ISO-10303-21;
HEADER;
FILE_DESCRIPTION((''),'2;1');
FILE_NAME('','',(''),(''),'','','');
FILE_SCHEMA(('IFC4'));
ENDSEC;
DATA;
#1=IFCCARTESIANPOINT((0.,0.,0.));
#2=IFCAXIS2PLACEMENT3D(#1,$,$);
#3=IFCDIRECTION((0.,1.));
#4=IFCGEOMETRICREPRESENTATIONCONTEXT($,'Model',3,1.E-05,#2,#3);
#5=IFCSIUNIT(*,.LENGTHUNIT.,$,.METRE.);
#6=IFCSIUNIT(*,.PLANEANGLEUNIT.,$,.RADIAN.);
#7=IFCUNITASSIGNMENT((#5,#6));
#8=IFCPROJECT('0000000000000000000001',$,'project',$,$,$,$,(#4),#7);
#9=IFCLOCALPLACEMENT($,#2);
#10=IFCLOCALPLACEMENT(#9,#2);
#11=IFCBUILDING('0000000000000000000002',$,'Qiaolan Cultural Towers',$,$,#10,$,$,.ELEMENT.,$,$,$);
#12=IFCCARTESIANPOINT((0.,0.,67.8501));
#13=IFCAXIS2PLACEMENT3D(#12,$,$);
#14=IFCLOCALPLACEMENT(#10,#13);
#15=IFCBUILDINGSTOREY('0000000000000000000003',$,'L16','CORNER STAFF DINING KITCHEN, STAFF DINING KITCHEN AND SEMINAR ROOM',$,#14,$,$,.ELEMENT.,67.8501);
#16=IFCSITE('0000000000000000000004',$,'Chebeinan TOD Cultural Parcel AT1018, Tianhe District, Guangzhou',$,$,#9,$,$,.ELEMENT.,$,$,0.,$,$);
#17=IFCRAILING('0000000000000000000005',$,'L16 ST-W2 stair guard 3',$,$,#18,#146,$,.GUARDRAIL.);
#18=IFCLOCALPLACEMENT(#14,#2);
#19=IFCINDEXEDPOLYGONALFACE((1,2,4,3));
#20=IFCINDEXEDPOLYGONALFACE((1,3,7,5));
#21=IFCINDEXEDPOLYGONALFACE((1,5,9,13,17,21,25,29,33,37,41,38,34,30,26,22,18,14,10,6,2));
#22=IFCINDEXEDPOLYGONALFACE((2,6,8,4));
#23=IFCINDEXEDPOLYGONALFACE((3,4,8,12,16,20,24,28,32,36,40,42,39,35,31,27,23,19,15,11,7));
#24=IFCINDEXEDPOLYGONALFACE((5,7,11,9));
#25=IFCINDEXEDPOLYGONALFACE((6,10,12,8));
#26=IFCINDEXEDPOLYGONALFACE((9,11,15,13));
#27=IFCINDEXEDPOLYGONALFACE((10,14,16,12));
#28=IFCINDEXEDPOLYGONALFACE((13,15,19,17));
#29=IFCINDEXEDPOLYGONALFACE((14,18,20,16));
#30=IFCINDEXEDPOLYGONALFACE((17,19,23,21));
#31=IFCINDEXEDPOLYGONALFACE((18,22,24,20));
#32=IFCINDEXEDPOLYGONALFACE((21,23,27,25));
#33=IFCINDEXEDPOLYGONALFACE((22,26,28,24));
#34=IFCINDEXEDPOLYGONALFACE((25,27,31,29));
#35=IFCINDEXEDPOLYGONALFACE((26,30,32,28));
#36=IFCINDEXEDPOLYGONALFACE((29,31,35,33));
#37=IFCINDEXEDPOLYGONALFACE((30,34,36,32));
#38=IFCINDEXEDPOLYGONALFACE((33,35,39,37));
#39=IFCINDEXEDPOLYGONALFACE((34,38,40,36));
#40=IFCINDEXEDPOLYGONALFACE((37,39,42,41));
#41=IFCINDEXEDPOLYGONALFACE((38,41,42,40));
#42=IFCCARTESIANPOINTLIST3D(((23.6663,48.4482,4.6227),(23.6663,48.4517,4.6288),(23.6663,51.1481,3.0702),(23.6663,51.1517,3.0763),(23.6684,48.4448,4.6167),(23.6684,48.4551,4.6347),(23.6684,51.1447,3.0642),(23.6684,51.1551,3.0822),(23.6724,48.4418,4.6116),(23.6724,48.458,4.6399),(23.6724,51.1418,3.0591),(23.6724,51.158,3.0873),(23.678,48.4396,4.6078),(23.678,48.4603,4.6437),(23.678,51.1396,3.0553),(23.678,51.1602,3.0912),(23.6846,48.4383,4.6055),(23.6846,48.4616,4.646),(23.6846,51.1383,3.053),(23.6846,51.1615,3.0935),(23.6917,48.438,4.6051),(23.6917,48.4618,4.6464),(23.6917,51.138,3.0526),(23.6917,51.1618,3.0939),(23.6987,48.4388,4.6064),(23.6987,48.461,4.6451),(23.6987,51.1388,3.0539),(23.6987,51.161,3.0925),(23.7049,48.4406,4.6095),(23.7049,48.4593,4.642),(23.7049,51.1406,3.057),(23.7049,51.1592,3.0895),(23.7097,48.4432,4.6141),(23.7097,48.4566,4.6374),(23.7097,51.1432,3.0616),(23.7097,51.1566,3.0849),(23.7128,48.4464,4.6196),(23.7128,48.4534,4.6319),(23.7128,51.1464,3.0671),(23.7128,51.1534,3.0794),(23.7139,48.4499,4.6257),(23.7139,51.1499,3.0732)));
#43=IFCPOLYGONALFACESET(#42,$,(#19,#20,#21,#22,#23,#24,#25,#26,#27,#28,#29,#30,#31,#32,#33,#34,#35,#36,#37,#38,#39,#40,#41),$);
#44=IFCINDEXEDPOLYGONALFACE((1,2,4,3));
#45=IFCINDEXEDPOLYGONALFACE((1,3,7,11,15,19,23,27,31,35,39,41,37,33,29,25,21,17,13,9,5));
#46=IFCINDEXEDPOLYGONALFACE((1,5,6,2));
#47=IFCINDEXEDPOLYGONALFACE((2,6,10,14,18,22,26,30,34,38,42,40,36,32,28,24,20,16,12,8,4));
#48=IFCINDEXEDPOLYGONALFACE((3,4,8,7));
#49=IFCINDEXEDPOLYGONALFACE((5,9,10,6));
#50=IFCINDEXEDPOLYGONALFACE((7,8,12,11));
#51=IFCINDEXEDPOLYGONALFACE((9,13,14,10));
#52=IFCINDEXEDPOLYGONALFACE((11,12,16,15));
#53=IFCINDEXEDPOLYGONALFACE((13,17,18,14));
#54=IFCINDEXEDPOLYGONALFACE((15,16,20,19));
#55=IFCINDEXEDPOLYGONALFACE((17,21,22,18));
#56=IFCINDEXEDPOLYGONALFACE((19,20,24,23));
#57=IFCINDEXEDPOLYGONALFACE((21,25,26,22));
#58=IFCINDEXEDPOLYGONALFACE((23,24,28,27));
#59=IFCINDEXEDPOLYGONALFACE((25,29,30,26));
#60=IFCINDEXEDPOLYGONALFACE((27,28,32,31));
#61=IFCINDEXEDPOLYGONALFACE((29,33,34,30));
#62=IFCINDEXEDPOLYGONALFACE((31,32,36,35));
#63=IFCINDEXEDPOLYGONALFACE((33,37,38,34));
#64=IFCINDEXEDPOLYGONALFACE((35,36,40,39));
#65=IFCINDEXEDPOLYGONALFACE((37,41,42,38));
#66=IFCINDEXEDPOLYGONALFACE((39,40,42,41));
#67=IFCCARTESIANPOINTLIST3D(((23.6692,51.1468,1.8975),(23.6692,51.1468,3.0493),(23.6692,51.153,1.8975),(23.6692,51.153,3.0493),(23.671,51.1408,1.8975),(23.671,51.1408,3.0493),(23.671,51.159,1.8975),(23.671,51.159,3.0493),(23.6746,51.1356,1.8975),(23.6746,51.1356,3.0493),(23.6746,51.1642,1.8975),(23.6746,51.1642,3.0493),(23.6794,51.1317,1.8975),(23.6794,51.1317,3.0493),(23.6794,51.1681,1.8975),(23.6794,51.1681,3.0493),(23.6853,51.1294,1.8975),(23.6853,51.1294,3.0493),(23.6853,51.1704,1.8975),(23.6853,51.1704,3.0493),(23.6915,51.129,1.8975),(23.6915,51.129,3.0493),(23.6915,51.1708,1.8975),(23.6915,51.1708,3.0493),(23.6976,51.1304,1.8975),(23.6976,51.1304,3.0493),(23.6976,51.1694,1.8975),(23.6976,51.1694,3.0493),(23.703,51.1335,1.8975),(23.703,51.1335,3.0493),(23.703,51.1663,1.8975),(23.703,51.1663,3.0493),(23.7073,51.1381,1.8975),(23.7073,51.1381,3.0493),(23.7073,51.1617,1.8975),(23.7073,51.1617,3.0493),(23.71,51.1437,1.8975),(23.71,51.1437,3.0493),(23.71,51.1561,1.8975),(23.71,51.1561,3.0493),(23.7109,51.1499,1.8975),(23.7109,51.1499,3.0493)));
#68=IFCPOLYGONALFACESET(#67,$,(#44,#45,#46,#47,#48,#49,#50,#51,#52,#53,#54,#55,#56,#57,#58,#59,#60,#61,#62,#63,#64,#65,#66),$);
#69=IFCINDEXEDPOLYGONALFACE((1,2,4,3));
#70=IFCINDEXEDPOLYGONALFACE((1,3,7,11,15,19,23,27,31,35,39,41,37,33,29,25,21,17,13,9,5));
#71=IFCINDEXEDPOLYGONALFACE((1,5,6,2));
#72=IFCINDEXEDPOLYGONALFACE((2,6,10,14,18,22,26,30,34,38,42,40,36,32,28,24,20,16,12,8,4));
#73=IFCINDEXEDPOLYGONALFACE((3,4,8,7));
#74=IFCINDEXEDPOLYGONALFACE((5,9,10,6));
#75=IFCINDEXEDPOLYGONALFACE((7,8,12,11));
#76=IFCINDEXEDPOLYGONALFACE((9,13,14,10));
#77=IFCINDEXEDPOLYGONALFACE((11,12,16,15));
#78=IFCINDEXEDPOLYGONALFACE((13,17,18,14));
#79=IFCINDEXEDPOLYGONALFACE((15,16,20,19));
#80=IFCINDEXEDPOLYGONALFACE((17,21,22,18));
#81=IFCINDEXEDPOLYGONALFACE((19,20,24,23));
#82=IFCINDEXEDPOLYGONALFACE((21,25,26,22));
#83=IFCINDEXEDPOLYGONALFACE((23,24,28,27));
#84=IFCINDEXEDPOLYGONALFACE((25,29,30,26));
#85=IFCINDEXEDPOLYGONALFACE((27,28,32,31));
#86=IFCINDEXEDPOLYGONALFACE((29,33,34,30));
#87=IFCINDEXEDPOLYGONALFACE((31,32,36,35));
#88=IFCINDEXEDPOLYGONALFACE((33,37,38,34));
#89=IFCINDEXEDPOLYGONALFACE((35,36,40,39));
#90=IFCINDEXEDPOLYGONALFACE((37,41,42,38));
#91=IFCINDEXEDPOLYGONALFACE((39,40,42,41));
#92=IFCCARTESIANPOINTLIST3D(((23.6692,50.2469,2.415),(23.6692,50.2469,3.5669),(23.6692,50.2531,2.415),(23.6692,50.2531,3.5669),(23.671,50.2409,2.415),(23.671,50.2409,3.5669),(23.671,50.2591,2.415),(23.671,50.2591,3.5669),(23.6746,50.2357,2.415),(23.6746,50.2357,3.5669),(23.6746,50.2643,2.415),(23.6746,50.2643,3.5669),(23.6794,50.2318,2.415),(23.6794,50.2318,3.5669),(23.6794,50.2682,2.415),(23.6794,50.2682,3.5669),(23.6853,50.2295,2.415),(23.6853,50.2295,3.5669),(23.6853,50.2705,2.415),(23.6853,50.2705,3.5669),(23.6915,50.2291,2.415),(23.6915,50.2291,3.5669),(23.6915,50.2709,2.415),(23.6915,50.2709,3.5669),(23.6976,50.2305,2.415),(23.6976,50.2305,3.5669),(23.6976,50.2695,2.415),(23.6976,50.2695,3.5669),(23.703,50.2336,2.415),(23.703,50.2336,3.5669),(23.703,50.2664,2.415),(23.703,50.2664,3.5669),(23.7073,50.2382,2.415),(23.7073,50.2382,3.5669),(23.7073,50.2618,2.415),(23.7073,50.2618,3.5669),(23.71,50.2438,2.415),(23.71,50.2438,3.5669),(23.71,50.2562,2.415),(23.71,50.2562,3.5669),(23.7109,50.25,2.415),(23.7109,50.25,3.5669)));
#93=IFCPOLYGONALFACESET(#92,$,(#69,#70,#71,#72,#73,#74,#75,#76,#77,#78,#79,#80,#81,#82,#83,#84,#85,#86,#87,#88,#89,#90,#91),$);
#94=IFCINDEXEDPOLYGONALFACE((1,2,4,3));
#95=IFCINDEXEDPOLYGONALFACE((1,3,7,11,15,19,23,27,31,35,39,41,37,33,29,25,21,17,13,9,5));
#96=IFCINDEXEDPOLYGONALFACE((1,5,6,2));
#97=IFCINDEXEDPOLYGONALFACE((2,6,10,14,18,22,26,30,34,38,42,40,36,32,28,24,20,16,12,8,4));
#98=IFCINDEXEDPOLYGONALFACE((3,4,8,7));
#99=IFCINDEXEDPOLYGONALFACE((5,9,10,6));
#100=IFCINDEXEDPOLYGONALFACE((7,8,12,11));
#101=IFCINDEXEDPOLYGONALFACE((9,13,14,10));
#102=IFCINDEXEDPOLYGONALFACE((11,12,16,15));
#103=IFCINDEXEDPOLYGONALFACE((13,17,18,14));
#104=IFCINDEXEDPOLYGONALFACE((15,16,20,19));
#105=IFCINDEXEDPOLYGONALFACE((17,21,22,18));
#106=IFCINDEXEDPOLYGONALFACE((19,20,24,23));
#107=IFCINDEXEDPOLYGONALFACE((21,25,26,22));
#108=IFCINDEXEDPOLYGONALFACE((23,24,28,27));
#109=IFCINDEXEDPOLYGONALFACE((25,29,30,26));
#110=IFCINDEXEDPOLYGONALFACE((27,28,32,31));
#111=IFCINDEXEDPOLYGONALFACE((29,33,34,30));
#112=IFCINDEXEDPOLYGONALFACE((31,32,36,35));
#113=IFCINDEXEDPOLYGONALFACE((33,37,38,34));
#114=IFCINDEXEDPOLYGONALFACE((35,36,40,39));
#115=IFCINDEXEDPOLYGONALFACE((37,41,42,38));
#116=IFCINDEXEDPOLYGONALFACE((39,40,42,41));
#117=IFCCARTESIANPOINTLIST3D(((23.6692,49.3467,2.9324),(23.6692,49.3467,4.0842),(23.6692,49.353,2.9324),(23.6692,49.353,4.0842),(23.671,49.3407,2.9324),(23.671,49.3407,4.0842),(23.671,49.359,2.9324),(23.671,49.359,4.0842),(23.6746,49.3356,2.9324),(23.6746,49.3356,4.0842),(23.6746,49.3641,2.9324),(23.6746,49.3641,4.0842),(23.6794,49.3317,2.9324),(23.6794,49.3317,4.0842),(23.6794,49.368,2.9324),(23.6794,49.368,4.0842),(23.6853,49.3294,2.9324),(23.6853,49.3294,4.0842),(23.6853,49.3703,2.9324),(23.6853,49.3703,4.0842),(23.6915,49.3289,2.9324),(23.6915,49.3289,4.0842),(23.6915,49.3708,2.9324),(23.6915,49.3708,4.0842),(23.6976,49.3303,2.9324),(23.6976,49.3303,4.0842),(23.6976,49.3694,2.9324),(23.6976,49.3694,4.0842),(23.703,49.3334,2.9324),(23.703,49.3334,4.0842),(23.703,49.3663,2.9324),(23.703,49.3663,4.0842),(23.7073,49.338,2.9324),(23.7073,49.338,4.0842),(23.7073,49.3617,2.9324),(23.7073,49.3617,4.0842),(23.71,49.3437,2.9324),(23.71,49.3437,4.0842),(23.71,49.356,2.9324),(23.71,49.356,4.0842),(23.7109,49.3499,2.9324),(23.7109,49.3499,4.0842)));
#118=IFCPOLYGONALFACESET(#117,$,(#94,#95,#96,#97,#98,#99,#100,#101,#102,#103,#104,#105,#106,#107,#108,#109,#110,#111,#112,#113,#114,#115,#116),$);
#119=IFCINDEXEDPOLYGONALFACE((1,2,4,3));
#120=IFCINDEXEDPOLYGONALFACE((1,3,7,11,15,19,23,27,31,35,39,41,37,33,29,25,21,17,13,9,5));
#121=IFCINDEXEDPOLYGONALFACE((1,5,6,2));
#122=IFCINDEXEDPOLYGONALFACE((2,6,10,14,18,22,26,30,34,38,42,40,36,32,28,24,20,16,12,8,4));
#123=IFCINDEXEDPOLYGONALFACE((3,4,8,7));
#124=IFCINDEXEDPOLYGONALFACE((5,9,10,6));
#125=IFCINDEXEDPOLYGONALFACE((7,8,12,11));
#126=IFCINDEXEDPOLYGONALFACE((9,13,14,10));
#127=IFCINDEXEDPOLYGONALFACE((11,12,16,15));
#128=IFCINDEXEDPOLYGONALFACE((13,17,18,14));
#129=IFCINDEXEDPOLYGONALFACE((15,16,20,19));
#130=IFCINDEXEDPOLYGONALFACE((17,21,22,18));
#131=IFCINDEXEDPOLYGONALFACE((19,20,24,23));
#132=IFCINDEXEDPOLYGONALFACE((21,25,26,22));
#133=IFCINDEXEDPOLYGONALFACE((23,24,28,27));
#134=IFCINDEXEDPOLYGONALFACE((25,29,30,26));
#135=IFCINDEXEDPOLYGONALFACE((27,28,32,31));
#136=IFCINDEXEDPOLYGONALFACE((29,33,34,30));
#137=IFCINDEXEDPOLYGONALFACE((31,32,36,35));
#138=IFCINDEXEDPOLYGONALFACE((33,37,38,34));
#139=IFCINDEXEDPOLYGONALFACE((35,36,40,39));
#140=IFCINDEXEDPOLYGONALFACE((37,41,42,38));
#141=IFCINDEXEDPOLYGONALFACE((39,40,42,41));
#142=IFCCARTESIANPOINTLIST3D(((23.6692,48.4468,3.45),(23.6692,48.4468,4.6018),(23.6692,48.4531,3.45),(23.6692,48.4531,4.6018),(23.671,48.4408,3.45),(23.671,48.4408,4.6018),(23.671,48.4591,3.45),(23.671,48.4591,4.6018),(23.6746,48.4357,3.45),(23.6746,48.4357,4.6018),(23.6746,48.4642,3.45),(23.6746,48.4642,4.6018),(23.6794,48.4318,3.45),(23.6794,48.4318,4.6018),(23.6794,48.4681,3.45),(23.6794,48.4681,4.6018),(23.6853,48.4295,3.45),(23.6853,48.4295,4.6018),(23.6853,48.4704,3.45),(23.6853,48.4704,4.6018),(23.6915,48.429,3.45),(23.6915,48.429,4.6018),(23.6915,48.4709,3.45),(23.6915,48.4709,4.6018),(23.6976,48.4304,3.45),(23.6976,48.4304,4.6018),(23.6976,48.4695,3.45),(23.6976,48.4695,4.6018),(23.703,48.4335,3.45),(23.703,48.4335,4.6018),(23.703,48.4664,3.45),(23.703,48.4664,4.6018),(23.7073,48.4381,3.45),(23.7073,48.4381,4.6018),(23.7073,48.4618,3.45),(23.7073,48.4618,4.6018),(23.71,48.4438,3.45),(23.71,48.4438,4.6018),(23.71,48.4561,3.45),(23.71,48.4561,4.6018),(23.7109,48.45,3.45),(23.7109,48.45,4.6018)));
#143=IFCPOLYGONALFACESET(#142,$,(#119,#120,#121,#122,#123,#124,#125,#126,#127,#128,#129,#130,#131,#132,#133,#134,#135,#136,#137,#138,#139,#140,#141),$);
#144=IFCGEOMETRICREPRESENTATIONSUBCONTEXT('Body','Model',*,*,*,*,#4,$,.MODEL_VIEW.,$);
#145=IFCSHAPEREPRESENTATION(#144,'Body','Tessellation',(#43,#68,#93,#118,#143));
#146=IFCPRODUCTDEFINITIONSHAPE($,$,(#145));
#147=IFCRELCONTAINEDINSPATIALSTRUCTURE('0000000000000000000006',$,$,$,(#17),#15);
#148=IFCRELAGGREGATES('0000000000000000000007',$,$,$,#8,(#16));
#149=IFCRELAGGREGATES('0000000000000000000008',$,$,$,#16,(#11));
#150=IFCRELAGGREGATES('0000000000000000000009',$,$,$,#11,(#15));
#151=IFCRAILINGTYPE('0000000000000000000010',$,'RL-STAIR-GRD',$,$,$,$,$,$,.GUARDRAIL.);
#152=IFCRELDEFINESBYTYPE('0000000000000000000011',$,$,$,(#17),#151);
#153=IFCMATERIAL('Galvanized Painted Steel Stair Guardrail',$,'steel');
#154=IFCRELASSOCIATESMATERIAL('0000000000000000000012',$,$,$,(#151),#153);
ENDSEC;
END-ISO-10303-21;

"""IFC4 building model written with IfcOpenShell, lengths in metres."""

from ifc_helpers import new_model, si_unit, direction, frame, origin, origin_2d, place, context, subcontext, project, spatial, circle, extrude, material, type_object, element, save


model = new_model("IFC4")

# Units and contexts
model_context = context("Model", 3, precision=1e-05, world=origin(), true_north=direction((0.0, 1.0)))
body_context = subcontext(model_context, "Body", "Model", "MODEL_VIEW")
ifc_project = project(units=[si_unit("LENGTHUNIT", "METRE"), si_unit("PLANEANGLEUNIT", "RADIAN")], contexts=[model_context])

# Site, building, storey
site_placement = place(None, origin())
site = spatial("IfcSite", under=ifc_project, at=site_placement, Name="Chebeinan TOD Cultural Parcel AT1018, Tianhe District, Guangzhou", CompositionType="ELEMENT", RefElevation=0.0)
building_placement = place(site_placement, origin())
building = spatial("IfcBuilding", under=site, at=building_placement, Name="Qiaolan Cultural Towers", CompositionType="ELEMENT")
storey_placement = place(building_placement, frame((0.0, 0.0, 67.8501)))
storey = spatial("IfcBuildingStorey", under=building, at=storey_placement, Name="L16", Description="CORNER STAFF DINING KITCHEN, STAFF DINING KITCHEN AND SEMINAR ROOM", CompositionType="ELEMENT", Elevation=67.8501)

# Railing
ifc_material_1 = material(Name="Galvanized Painted Steel Stair Guardrail", Category="steel")
railing_type_1 = type_object("IfcRailingType", Name="RL-STAIR-GRD", PredefinedType="GUARDRAIL", material=ifc_material_1)
railing_1_placement = place(storey_placement, frame((23.6899, 51.1499, 1.8975)))
element("IfcRailing", 1, at=railing_1_placement, inside=storey, type_object=railing_type_1, Name="L16 ST-W2 stair guard 3", PredefinedType="GUARDRAIL", context=body_context, shape_type="SweptSolid", body=[
    extrude(circle(Radius=0.0239, at=origin_2d()), frame((0.0, 0.0, 1.1758), z_axis=(0.0, -0.866904, 0.498476), x_axis=(1.0, 0.0, 0.0)), (0.0, 0.0, 1.0), 3.1145),
    extrude(circle(Radius=0.021, at=origin_2d()), origin(), (0.0, 0.0, 1.0), 1.1519),
    extrude(circle(Radius=0.021, at=origin_2d()), frame((0.0, -0.8999, 0.5176)), (0.0, 0.0, 1.0), 1.1519),
    extrude(circle(Radius=0.021, at=origin_2d()), frame((0.0, -1.8, 1.0349)), (0.0, 0.0, 1.0), 1.1519),
    extrude(circle(Radius=0.021, at=origin_2d()), frame((0.0, -2.7, 1.5525)), (0.0, 0.0, 1.0), 1.1519),
])

save(model, "model.ifc")
